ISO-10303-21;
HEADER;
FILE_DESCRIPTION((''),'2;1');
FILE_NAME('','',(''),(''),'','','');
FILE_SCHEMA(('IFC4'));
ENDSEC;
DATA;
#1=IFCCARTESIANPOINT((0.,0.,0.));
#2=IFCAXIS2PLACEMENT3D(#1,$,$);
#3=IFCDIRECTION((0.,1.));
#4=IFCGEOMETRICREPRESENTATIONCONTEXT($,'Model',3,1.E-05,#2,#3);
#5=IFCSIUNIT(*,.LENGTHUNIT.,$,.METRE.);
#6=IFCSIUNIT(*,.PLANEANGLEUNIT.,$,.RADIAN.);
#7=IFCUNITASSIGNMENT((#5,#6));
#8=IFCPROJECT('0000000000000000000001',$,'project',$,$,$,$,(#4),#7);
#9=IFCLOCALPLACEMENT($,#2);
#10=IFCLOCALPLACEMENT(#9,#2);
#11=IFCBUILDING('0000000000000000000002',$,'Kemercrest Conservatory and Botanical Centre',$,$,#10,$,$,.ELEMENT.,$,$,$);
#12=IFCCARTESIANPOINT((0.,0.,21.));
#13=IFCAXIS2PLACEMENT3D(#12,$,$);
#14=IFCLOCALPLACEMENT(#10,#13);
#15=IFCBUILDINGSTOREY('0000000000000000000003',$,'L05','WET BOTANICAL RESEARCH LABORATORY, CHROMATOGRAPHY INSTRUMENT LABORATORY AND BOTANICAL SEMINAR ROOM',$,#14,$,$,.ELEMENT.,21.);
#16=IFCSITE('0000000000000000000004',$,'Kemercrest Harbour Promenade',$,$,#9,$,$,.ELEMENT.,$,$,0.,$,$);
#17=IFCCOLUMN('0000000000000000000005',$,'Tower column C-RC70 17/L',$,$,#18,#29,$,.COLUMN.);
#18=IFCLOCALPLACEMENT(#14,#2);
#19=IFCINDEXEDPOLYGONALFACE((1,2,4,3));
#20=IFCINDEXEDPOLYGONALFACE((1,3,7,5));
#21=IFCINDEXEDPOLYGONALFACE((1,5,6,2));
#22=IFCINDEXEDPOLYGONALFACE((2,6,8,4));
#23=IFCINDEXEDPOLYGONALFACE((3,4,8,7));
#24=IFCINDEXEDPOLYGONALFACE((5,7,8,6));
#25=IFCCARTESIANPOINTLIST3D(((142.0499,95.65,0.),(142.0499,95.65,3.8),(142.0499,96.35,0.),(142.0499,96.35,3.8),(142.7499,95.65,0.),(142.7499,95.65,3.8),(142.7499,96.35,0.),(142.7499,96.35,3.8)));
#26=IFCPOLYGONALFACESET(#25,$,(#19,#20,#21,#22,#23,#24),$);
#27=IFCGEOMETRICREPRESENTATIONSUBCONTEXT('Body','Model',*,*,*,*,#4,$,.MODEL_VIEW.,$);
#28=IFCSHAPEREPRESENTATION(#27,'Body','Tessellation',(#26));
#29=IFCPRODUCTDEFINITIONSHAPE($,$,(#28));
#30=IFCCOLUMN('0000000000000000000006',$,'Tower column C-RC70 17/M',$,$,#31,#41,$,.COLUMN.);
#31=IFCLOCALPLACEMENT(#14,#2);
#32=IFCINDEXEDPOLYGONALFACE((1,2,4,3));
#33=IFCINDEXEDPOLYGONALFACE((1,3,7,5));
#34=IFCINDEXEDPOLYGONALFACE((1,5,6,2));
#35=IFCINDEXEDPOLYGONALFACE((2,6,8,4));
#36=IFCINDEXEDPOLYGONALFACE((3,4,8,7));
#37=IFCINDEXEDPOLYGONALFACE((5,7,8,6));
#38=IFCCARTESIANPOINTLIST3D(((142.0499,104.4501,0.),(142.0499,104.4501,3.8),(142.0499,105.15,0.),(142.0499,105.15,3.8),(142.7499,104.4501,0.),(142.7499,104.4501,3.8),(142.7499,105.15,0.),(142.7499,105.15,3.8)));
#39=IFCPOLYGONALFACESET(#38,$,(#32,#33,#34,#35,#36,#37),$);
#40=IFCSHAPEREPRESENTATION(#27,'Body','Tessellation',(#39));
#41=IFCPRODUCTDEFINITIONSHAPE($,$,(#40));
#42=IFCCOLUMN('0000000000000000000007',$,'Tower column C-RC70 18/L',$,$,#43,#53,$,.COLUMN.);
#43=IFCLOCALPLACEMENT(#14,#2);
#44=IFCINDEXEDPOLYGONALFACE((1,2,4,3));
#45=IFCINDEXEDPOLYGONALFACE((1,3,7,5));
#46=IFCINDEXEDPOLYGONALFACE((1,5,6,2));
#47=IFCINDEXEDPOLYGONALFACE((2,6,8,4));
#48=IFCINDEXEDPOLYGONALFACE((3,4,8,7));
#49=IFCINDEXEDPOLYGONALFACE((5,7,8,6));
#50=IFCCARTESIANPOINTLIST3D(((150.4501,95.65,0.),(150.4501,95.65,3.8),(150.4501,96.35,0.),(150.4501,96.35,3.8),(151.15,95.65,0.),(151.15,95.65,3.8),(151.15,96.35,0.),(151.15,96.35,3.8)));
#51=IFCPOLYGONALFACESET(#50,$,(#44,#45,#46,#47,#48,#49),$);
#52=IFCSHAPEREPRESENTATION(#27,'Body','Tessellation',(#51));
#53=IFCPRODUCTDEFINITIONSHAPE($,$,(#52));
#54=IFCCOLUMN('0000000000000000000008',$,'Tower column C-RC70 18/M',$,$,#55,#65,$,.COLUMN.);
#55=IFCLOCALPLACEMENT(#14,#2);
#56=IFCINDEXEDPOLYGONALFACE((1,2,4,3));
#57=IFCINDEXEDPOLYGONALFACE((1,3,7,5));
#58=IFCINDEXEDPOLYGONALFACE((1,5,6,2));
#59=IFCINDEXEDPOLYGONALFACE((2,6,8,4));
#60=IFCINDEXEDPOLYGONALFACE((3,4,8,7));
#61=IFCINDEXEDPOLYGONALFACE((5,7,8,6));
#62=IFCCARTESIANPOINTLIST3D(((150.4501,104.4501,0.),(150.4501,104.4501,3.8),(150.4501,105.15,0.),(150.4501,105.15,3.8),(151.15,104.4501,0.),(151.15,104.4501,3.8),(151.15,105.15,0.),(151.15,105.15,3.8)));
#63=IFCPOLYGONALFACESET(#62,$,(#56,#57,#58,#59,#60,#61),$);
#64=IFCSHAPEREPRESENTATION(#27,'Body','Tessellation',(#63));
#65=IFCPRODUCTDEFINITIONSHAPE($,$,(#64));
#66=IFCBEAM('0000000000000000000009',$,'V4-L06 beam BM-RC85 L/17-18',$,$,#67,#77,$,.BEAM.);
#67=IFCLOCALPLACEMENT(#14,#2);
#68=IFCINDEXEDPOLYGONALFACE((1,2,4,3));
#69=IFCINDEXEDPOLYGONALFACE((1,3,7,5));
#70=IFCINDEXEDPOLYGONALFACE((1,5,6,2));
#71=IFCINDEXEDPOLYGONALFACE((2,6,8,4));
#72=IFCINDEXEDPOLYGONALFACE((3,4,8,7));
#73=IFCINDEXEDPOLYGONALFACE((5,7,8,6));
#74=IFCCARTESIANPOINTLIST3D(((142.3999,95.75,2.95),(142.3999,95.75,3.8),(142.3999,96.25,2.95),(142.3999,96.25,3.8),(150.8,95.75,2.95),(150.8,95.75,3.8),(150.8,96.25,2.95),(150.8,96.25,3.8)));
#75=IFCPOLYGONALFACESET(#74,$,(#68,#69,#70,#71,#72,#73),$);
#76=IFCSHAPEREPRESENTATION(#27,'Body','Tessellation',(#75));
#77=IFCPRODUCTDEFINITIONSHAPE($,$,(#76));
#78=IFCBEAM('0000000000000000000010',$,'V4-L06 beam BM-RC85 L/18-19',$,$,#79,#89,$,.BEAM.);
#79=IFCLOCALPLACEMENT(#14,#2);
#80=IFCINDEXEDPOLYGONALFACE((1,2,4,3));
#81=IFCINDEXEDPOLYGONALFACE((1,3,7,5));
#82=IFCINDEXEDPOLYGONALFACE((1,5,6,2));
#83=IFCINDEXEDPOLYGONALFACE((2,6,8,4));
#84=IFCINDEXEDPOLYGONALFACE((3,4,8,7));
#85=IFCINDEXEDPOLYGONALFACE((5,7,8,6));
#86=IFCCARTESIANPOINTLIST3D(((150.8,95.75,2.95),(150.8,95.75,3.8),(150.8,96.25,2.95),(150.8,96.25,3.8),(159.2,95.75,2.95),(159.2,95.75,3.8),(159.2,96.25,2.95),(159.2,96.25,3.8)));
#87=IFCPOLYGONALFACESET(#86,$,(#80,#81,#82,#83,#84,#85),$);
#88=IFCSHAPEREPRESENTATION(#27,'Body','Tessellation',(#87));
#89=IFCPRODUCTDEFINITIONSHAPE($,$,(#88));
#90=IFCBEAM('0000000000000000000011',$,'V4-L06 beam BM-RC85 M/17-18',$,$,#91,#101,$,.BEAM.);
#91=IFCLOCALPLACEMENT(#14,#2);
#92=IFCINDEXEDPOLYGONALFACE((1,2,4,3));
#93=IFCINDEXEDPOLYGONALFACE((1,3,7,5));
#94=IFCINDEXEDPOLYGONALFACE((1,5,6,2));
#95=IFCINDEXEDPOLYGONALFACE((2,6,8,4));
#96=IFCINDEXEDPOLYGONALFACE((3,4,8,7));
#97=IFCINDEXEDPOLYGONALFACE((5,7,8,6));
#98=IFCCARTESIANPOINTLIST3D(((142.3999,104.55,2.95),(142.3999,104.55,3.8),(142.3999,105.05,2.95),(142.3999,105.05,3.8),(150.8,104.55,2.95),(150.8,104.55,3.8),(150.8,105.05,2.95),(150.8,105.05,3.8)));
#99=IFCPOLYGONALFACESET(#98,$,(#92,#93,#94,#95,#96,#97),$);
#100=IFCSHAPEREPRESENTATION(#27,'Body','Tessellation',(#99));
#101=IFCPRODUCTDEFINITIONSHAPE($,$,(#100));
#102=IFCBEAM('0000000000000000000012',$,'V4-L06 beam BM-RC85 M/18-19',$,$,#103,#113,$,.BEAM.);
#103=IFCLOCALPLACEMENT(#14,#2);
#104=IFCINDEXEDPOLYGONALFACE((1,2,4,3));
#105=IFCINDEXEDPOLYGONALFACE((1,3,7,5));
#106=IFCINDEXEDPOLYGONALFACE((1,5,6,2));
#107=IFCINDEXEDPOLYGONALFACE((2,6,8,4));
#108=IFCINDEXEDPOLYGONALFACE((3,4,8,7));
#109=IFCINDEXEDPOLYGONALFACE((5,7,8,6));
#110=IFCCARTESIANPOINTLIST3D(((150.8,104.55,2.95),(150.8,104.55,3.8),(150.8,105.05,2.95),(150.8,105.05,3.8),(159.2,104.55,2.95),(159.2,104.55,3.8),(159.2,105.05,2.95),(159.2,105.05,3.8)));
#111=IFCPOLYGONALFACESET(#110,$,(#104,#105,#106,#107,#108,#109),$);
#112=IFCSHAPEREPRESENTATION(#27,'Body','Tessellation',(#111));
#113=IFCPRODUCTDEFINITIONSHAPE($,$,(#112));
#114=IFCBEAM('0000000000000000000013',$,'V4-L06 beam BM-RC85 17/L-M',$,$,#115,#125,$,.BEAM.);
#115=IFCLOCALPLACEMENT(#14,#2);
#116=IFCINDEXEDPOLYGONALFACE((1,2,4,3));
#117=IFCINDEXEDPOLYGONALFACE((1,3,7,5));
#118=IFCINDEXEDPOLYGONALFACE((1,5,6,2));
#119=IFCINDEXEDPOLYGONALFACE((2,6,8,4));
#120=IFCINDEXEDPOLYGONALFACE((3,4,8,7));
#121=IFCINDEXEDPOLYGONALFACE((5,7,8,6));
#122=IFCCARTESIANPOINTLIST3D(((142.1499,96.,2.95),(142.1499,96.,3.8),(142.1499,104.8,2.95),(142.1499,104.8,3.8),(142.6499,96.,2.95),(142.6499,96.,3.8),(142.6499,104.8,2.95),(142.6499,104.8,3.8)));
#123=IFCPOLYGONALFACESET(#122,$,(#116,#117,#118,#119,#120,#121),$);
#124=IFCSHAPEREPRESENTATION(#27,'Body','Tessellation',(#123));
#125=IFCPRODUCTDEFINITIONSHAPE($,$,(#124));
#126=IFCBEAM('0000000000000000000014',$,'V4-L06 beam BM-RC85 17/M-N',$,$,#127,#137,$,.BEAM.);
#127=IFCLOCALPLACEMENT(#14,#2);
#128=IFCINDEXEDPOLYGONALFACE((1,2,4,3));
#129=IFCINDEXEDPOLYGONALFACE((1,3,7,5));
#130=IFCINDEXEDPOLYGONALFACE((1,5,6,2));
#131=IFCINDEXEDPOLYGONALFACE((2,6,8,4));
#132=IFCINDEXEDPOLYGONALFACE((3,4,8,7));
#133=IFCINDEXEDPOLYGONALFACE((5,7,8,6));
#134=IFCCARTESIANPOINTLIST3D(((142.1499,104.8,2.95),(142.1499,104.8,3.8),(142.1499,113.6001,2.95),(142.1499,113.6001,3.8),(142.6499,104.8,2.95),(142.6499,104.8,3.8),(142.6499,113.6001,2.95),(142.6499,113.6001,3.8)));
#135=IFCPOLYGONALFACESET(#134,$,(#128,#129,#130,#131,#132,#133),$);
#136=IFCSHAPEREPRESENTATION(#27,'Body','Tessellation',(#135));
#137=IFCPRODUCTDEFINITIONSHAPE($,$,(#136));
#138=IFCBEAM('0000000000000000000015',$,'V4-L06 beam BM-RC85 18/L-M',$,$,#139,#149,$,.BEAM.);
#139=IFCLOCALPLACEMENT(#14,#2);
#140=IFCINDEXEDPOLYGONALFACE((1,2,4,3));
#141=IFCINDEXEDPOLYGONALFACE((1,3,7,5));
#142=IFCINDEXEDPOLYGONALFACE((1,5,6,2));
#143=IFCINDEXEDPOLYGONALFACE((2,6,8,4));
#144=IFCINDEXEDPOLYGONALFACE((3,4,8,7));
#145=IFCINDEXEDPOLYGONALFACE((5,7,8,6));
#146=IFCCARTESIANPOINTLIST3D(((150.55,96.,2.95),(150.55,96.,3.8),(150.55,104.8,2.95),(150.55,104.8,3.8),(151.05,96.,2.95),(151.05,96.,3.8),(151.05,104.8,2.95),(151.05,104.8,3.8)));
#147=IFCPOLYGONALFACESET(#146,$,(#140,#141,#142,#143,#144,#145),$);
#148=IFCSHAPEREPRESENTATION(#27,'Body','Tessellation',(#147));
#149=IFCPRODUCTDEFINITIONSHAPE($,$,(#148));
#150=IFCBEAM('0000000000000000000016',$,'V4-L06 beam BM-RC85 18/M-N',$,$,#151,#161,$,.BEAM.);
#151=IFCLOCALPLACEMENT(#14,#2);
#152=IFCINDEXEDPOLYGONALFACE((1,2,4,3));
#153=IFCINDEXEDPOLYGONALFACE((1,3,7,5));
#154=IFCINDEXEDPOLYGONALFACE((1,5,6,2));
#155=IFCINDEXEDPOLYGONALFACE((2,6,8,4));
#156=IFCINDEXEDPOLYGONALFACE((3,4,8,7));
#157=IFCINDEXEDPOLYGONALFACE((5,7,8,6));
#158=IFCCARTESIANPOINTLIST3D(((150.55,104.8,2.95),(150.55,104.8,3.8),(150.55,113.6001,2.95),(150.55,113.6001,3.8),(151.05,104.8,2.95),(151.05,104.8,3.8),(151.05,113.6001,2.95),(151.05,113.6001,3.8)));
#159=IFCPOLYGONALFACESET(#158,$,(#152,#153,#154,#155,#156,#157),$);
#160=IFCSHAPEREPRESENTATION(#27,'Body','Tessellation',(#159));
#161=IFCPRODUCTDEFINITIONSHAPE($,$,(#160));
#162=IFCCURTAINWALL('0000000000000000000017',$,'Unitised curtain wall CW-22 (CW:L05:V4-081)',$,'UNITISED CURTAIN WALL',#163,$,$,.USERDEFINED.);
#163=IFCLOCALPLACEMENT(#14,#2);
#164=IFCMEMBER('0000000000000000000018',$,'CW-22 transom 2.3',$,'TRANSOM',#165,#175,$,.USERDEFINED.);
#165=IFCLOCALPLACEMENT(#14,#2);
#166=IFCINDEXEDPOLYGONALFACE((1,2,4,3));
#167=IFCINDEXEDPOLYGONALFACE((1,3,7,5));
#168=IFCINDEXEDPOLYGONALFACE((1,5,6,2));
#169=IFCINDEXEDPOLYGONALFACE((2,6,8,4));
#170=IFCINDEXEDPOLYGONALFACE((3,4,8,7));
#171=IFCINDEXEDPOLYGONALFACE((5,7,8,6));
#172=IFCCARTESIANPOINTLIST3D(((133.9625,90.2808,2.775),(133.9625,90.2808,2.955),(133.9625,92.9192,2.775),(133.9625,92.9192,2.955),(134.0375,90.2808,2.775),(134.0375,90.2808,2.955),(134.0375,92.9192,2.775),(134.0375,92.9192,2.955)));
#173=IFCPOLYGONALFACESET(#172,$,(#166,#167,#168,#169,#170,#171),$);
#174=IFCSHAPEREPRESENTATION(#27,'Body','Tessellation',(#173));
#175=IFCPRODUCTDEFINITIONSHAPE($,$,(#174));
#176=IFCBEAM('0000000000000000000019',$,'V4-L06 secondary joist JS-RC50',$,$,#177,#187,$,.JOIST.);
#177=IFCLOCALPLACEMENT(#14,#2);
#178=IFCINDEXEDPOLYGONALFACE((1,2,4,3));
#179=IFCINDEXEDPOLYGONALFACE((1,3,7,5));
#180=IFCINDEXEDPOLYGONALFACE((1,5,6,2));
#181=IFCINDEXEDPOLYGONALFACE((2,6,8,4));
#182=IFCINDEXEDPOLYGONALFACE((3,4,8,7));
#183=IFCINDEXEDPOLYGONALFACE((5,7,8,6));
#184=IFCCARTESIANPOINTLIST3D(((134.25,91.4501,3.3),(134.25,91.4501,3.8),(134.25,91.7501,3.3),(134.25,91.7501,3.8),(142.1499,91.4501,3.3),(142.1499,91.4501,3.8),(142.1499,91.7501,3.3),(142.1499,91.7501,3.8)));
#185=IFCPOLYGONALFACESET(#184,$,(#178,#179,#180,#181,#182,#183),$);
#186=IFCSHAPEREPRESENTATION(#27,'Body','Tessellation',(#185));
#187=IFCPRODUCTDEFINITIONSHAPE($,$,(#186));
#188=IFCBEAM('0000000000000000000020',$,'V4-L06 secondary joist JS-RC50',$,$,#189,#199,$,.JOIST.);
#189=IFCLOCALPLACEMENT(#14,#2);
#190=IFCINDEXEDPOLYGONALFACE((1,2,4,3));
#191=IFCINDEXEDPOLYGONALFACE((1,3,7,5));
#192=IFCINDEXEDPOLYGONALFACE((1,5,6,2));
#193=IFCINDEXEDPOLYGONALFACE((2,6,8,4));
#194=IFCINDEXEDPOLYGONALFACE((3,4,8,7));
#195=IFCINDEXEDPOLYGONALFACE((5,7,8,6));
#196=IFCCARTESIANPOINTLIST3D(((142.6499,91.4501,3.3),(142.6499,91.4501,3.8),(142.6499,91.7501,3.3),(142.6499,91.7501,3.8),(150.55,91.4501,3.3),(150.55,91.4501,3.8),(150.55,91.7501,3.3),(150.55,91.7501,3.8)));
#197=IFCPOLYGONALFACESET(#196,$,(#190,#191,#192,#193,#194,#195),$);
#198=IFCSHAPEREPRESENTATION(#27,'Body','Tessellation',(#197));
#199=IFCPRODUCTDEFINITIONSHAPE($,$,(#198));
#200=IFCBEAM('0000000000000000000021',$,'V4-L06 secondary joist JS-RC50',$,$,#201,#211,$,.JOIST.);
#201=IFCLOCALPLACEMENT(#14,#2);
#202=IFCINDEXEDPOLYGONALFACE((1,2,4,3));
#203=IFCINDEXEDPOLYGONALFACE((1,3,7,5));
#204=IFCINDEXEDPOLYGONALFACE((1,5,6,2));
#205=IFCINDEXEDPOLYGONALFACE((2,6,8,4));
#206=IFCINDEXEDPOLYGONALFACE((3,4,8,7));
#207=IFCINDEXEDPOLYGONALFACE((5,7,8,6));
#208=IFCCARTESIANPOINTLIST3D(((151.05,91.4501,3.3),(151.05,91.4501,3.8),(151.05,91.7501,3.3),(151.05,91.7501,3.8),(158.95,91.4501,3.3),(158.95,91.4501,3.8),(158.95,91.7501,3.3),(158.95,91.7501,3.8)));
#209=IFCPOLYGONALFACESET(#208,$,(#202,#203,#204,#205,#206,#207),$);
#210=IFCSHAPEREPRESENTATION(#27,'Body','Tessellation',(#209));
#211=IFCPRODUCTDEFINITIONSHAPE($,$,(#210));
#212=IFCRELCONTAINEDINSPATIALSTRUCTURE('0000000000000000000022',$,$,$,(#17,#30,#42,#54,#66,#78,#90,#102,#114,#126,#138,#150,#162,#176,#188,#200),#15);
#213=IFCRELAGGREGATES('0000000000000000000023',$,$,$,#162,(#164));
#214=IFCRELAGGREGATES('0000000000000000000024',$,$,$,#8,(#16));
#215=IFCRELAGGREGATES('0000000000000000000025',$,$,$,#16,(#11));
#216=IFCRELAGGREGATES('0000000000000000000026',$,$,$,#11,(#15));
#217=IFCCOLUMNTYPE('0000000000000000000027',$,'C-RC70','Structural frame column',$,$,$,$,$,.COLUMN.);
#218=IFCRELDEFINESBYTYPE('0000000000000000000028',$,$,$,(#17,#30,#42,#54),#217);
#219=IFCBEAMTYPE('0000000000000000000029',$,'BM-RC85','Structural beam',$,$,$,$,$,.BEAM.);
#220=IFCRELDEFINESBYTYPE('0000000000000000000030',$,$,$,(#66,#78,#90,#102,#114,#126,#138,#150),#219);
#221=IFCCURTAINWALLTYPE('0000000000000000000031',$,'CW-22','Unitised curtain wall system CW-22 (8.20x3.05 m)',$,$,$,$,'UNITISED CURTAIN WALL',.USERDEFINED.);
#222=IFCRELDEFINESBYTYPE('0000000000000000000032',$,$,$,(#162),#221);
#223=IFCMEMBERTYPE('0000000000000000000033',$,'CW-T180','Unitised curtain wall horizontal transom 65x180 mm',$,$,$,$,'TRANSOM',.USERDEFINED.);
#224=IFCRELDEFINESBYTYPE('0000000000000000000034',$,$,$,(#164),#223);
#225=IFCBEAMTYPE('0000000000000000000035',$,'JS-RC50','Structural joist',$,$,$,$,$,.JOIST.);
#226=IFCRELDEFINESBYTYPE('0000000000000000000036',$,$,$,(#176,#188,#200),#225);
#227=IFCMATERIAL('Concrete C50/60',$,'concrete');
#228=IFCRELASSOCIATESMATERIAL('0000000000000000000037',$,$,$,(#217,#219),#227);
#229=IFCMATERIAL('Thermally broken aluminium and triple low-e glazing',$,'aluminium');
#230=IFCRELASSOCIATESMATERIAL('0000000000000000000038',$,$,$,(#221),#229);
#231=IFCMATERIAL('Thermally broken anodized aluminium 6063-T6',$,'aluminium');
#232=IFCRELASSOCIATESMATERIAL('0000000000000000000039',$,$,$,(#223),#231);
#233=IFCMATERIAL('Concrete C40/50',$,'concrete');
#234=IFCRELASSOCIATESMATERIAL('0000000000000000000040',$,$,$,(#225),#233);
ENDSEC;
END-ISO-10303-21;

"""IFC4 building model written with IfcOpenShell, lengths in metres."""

from ifc_helpers import new_model, si_unit, direction, frame, origin, origin_2d, place, context, subcontext, project, spatial, rectangle, extrude, material, material_profile, profile_set, type_object, element, aggregate, save


model = new_model("IFC4")

# Units and contexts
model_context = context("Model", 3, precision=1e-05, world=origin(), true_north=direction((0.0, 1.0)))
body_context = subcontext(model_context, "Body", "Model", "MODEL_VIEW")
ifc_project = project(units=[si_unit("LENGTHUNIT", "METRE"), si_unit("PLANEANGLEUNIT", "RADIAN")], contexts=[model_context])

# Site, building, storey
site_placement = place(None, origin())
site = spatial("IfcSite", under=ifc_project, at=site_placement, Name="Kemercrest Harbour Promenade", CompositionType="ELEMENT", RefElevation=0.0)
building_placement = place(site_placement, origin())
building = spatial("IfcBuilding", under=site, at=building_placement, Name="Kemercrest Conservatory and Botanical Centre", CompositionType="ELEMENT")
storey_placement = place(building_placement, frame((0.0, 0.0, 21.0)))
storey = spatial("IfcBuildingStorey", under=building, at=storey_placement, Name="L05", Description="WET BOTANICAL RESEARCH LABORATORY, CHROMATOGRAPHY INSTRUMENT LABORATORY AND BOTANICAL SEMINAR ROOM", CompositionType="ELEMENT", Elevation=21.0)

# Columns
ifc_material_1 = material(Name="Concrete C50/60", Category="concrete")
ifc_material_profile_1 = material_profile(ifc_material_1, rectangle(XDim=0.7, YDim=0.7, at=origin_2d()), Name="RC 700x700")
ifc_profile_set_1 = profile_set([ifc_material_profile_1], Name="Concrete C50/60")
column_type = type_object("IfcColumnType", Name="C-RC70", Description="Structural frame column", PredefinedType="COLUMN", material=ifc_profile_set_1)
for number, where, z_axis, x_axis, name in (
    (1, (142.3999, 96.0, 0.0), (0.0, 0.0, 1.0), (1.0, 0.0, 0.0), "Tower column C-RC70 17/L"),
    (2, (142.3999, 104.8, 0.0), (0.0, 0.0, 1.0), (1.0, 0.0, 0.0), "Tower column C-RC70 17/M"),
    (3, (150.8, 96.0, 0.0), (0.0, 0.0, 1.0), (1.0, 0.0, 0.0), "Tower column C-RC70 18/L"),
    (4, (150.8, 104.8, 0.0), (0.0, 0.0, 1.0), (1.0, 0.0, 0.0), "Tower column C-RC70 18/M"),
):
    element("IfcColumn", number, at=place(storey_placement, frame(where, z_axis=z_axis, x_axis=x_axis)), inside=storey, type_object=column_type, Name=name, PredefinedType="COLUMN", context=body_context, shape_type="SweptSolid", body=[
        extrude(rectangle(XDim=0.7, YDim=0.7, at=origin_2d()), origin(), (0.0, 0.0, 1.0), 3.8),
    ])

# Beams
ifc_material_profile_2 = material_profile(ifc_material_1, rectangle(XDim=0.5, YDim=0.8501, at=origin_2d()), Name="RC 500x850")
ifc_profile_set_2 = profile_set([ifc_material_profile_2], Name="Concrete C50/60")
beam_type_1 = type_object("IfcBeamType", Name="BM-RC85", Description="Structural beam", PredefinedType="BEAM", material=ifc_profile_set_2)
beam_1_placement = place(storey_placement, frame((142.3999, 96.0, 3.375), z_axis=(1.0, 0.0, 0.0), x_axis=(0.0, 1.0, 0.0)))
element("IfcBeam", 5, at=beam_1_placement, inside=storey, type_object=beam_type_1, Name="V4-L06 beam BM-RC85 L/17-18", PredefinedType="BEAM", context=body_context, shape_type="SweptSolid", body=[
    extrude(rectangle(XDim=0.5, YDim=0.8501, at=origin_2d()), origin(), (0.0, 0.0, 1.0), 8.4001),
])
beam_2_placement = place(storey_placement, frame((150.8, 96.0, 3.375), z_axis=(1.0, 0.0, 0.0), x_axis=(0.0, 1.0, 0.0)))
element("IfcBeam", 6, at=beam_2_placement, inside=storey, type_object=beam_type_1, Name="V4-L06 beam BM-RC85 L/18-19", PredefinedType="BEAM", context=body_context, shape_type="SweptSolid", body=[
    extrude(rectangle(XDim=0.5, YDim=0.8501, at=origin_2d()), origin(), (0.0, 0.0, 1.0), 8.3999),
])
beam_3_placement = place(storey_placement, frame((142.3999, 104.8, 3.375), z_axis=(1.0, 0.0, 0.0), x_axis=(0.0, 1.0, 0.0)))
element("IfcBeam", 7, at=beam_3_placement, inside=storey, type_object=beam_type_1, Name="V4-L06 beam BM-RC85 M/17-18", PredefinedType="BEAM", context=body_context, shape_type="SweptSolid", body=[
    extrude(rectangle(XDim=0.5, YDim=0.8501, at=origin_2d()), origin(), (0.0, 0.0, 1.0), 8.4001),
])
beam_4_placement = place(storey_placement, frame((150.8, 104.8, 3.375), z_axis=(1.0, 0.0, 0.0), x_axis=(0.0, 1.0, 0.0)))
element("IfcBeam", 8, at=beam_4_placement, inside=storey, type_object=beam_type_1, Name="V4-L06 beam BM-RC85 M/18-19", PredefinedType="BEAM", context=body_context, shape_type="SweptSolid", body=[
    extrude(rectangle(XDim=0.5, YDim=0.8501, at=origin_2d()), origin(), (0.0, 0.0, 1.0), 8.3999),
])
for number, where, z_axis, x_axis, name in (
    (9, (142.3999, 96.0, 3.375), (0.0, 1.0, 0.0), (-1.0, 0.0, 0.0), "V4-L06 beam BM-RC85 17/L-M"),
    (10, (142.3999, 104.8, 3.375), (0.0, 1.0, 0.0), (-1.0, 0.0, 0.0), "V4-L06 beam BM-RC85 17/M-N"),
    (11, (150.8, 96.0, 3.375), (0.0, 1.0, 0.0), (-1.0, 0.0, 0.0), "V4-L06 beam BM-RC85 18/L-M"),
    (12, (150.8, 104.8, 3.375), (0.0, 1.0, 0.0), (-1.0, 0.0, 0.0), "V4-L06 beam BM-RC85 18/M-N"),
):
    element("IfcBeam", number, at=place(storey_placement, frame(where, z_axis=z_axis, x_axis=x_axis)), inside=storey, type_object=beam_type_1, Name=name, PredefinedType="BEAM", context=body_context, shape_type="SweptSolid", body=[
        extrude(rectangle(XDim=0.5, YDim=0.8501, at=origin_2d()), origin(), (0.0, 0.0, 1.0), 8.8),
    ])

# Curtain wall, member
ifc_material_2 = material(Name="Thermally broken aluminium and triple low-e glazing", Category="aluminium")
curtain_wall_type = type_object("IfcCurtainWallType", Name="CW-22", Description="Unitised curtain wall system CW-22 (8.20x3.05 m)", ElementType="UNITISED CURTAIN WALL", PredefinedType="USERDEFINED", material=ifc_material_2)
curtain_wall_placement = place(storey_placement, origin())
curtain_wall = element("IfcCurtainWall", 13, at=curtain_wall_placement, inside=storey, type_object=curtain_wall_type, Name="Unitised curtain wall CW-22 (CW:L05:V4-081)", ObjectType="UNITISED CURTAIN WALL", PredefinedType="USERDEFINED")
ifc_material_3 = material(Name="Thermally broken anodized aluminium 6063-T6", Category="aluminium")
ifc_material_profile_3 = material_profile(ifc_material_3, rectangle(XDim=0.075, YDim=0.1799, at=origin_2d()), Name="AL TRANSOM 75x180")
ifc_profile_set_3 = profile_set([ifc_material_profile_3], Name="Thermally broken anodized aluminium 6063-T6")
member_type = type_object("IfcMemberType", Name="CW-T180", Description="Unitised curtain wall horizontal transom 65x180 mm", ElementType="TRANSOM", PredefinedType="USERDEFINED", material=ifc_profile_set_3)
member_placement = place(storey_placement, frame((134.0, 92.9192, 2.865), z_axis=(0.0, -1.0, 0.0), x_axis=(1.0, 0.0, 0.0)))
member = element("IfcMember", 14, at=member_placement, type_object=member_type, Name="CW-22 transom 2.3", ObjectType="TRANSOM", PredefinedType="USERDEFINED", context=body_context, shape_type="SweptSolid", body=[
    extrude(rectangle(XDim=0.075, YDim=0.1799, at=origin_2d()), origin(), (0.0, 0.0, 1.0), 2.6384),
])
aggregate(curtain_wall, [member])

# Beams
ifc_material_4 = material(Name="Concrete C40/50", Category="concrete")
ifc_material_profile_4 = material_profile(ifc_material_4, rectangle(XDim=0.3, YDim=0.5, at=origin_2d()), Name="RC 300x500")
ifc_profile_set_4 = profile_set([ifc_material_profile_4], Name="Concrete C40/50")
beam_type_2 = type_object("IfcBeamType", Name="JS-RC50", Description="Structural joist", PredefinedType="JOIST", material=ifc_profile_set_4)
beam_5_placement = place(storey_placement, frame((134.25, 91.6001, 3.55), z_axis=(1.0, 0.0, 0.0), x_axis=(0.0, 1.0, 0.0)))
element("IfcBeam", 15, at=beam_5_placement, inside=storey, type_object=beam_type_2, Name="V4-L06 secondary joist JS-RC50", PredefinedType="JOIST", context=body_context, shape_type="SweptSolid", body=[
    extrude(rectangle(XDim=0.3, YDim=0.5, at=origin_2d()), origin(), (0.0, 0.0, 1.0), 7.8999),
])
beam_6_placement = place(storey_placement, frame((142.6499, 91.6001, 3.55), z_axis=(1.0, 0.0, 0.0), x_axis=(0.0, 1.0, 0.0)))
element("IfcBeam", 16, at=beam_6_placement, inside=storey, type_object=beam_type_2, Name="V4-L06 secondary joist JS-RC50", PredefinedType="JOIST", context=body_context, shape_type="SweptSolid", body=[
    extrude(rectangle(XDim=0.3, YDim=0.5, at=origin_2d()), origin(), (0.0, 0.0, 1.0), 7.9001),
])
for number, where, z_axis, x_axis, name in (
    (17, (151.05, 91.6001, 3.55), (1.0, 0.0, 0.0), (0.0, 1.0, 0.0), "V4-L06 secondary joist JS-RC50"),
):
    element("IfcBeam", number, at=place(storey_placement, frame(where, z_axis=z_axis, x_axis=x_axis)), inside=storey, type_object=beam_type_2, Name=name, PredefinedType="JOIST", context=body_context, shape_type="SweptSolid", body=[
        extrude(rectangle(XDim=0.3, YDim=0.5, at=origin_2d()), origin(), (0.0, 0.0, 1.0), 7.8999),
    ])

save(model, "model.ifc")
